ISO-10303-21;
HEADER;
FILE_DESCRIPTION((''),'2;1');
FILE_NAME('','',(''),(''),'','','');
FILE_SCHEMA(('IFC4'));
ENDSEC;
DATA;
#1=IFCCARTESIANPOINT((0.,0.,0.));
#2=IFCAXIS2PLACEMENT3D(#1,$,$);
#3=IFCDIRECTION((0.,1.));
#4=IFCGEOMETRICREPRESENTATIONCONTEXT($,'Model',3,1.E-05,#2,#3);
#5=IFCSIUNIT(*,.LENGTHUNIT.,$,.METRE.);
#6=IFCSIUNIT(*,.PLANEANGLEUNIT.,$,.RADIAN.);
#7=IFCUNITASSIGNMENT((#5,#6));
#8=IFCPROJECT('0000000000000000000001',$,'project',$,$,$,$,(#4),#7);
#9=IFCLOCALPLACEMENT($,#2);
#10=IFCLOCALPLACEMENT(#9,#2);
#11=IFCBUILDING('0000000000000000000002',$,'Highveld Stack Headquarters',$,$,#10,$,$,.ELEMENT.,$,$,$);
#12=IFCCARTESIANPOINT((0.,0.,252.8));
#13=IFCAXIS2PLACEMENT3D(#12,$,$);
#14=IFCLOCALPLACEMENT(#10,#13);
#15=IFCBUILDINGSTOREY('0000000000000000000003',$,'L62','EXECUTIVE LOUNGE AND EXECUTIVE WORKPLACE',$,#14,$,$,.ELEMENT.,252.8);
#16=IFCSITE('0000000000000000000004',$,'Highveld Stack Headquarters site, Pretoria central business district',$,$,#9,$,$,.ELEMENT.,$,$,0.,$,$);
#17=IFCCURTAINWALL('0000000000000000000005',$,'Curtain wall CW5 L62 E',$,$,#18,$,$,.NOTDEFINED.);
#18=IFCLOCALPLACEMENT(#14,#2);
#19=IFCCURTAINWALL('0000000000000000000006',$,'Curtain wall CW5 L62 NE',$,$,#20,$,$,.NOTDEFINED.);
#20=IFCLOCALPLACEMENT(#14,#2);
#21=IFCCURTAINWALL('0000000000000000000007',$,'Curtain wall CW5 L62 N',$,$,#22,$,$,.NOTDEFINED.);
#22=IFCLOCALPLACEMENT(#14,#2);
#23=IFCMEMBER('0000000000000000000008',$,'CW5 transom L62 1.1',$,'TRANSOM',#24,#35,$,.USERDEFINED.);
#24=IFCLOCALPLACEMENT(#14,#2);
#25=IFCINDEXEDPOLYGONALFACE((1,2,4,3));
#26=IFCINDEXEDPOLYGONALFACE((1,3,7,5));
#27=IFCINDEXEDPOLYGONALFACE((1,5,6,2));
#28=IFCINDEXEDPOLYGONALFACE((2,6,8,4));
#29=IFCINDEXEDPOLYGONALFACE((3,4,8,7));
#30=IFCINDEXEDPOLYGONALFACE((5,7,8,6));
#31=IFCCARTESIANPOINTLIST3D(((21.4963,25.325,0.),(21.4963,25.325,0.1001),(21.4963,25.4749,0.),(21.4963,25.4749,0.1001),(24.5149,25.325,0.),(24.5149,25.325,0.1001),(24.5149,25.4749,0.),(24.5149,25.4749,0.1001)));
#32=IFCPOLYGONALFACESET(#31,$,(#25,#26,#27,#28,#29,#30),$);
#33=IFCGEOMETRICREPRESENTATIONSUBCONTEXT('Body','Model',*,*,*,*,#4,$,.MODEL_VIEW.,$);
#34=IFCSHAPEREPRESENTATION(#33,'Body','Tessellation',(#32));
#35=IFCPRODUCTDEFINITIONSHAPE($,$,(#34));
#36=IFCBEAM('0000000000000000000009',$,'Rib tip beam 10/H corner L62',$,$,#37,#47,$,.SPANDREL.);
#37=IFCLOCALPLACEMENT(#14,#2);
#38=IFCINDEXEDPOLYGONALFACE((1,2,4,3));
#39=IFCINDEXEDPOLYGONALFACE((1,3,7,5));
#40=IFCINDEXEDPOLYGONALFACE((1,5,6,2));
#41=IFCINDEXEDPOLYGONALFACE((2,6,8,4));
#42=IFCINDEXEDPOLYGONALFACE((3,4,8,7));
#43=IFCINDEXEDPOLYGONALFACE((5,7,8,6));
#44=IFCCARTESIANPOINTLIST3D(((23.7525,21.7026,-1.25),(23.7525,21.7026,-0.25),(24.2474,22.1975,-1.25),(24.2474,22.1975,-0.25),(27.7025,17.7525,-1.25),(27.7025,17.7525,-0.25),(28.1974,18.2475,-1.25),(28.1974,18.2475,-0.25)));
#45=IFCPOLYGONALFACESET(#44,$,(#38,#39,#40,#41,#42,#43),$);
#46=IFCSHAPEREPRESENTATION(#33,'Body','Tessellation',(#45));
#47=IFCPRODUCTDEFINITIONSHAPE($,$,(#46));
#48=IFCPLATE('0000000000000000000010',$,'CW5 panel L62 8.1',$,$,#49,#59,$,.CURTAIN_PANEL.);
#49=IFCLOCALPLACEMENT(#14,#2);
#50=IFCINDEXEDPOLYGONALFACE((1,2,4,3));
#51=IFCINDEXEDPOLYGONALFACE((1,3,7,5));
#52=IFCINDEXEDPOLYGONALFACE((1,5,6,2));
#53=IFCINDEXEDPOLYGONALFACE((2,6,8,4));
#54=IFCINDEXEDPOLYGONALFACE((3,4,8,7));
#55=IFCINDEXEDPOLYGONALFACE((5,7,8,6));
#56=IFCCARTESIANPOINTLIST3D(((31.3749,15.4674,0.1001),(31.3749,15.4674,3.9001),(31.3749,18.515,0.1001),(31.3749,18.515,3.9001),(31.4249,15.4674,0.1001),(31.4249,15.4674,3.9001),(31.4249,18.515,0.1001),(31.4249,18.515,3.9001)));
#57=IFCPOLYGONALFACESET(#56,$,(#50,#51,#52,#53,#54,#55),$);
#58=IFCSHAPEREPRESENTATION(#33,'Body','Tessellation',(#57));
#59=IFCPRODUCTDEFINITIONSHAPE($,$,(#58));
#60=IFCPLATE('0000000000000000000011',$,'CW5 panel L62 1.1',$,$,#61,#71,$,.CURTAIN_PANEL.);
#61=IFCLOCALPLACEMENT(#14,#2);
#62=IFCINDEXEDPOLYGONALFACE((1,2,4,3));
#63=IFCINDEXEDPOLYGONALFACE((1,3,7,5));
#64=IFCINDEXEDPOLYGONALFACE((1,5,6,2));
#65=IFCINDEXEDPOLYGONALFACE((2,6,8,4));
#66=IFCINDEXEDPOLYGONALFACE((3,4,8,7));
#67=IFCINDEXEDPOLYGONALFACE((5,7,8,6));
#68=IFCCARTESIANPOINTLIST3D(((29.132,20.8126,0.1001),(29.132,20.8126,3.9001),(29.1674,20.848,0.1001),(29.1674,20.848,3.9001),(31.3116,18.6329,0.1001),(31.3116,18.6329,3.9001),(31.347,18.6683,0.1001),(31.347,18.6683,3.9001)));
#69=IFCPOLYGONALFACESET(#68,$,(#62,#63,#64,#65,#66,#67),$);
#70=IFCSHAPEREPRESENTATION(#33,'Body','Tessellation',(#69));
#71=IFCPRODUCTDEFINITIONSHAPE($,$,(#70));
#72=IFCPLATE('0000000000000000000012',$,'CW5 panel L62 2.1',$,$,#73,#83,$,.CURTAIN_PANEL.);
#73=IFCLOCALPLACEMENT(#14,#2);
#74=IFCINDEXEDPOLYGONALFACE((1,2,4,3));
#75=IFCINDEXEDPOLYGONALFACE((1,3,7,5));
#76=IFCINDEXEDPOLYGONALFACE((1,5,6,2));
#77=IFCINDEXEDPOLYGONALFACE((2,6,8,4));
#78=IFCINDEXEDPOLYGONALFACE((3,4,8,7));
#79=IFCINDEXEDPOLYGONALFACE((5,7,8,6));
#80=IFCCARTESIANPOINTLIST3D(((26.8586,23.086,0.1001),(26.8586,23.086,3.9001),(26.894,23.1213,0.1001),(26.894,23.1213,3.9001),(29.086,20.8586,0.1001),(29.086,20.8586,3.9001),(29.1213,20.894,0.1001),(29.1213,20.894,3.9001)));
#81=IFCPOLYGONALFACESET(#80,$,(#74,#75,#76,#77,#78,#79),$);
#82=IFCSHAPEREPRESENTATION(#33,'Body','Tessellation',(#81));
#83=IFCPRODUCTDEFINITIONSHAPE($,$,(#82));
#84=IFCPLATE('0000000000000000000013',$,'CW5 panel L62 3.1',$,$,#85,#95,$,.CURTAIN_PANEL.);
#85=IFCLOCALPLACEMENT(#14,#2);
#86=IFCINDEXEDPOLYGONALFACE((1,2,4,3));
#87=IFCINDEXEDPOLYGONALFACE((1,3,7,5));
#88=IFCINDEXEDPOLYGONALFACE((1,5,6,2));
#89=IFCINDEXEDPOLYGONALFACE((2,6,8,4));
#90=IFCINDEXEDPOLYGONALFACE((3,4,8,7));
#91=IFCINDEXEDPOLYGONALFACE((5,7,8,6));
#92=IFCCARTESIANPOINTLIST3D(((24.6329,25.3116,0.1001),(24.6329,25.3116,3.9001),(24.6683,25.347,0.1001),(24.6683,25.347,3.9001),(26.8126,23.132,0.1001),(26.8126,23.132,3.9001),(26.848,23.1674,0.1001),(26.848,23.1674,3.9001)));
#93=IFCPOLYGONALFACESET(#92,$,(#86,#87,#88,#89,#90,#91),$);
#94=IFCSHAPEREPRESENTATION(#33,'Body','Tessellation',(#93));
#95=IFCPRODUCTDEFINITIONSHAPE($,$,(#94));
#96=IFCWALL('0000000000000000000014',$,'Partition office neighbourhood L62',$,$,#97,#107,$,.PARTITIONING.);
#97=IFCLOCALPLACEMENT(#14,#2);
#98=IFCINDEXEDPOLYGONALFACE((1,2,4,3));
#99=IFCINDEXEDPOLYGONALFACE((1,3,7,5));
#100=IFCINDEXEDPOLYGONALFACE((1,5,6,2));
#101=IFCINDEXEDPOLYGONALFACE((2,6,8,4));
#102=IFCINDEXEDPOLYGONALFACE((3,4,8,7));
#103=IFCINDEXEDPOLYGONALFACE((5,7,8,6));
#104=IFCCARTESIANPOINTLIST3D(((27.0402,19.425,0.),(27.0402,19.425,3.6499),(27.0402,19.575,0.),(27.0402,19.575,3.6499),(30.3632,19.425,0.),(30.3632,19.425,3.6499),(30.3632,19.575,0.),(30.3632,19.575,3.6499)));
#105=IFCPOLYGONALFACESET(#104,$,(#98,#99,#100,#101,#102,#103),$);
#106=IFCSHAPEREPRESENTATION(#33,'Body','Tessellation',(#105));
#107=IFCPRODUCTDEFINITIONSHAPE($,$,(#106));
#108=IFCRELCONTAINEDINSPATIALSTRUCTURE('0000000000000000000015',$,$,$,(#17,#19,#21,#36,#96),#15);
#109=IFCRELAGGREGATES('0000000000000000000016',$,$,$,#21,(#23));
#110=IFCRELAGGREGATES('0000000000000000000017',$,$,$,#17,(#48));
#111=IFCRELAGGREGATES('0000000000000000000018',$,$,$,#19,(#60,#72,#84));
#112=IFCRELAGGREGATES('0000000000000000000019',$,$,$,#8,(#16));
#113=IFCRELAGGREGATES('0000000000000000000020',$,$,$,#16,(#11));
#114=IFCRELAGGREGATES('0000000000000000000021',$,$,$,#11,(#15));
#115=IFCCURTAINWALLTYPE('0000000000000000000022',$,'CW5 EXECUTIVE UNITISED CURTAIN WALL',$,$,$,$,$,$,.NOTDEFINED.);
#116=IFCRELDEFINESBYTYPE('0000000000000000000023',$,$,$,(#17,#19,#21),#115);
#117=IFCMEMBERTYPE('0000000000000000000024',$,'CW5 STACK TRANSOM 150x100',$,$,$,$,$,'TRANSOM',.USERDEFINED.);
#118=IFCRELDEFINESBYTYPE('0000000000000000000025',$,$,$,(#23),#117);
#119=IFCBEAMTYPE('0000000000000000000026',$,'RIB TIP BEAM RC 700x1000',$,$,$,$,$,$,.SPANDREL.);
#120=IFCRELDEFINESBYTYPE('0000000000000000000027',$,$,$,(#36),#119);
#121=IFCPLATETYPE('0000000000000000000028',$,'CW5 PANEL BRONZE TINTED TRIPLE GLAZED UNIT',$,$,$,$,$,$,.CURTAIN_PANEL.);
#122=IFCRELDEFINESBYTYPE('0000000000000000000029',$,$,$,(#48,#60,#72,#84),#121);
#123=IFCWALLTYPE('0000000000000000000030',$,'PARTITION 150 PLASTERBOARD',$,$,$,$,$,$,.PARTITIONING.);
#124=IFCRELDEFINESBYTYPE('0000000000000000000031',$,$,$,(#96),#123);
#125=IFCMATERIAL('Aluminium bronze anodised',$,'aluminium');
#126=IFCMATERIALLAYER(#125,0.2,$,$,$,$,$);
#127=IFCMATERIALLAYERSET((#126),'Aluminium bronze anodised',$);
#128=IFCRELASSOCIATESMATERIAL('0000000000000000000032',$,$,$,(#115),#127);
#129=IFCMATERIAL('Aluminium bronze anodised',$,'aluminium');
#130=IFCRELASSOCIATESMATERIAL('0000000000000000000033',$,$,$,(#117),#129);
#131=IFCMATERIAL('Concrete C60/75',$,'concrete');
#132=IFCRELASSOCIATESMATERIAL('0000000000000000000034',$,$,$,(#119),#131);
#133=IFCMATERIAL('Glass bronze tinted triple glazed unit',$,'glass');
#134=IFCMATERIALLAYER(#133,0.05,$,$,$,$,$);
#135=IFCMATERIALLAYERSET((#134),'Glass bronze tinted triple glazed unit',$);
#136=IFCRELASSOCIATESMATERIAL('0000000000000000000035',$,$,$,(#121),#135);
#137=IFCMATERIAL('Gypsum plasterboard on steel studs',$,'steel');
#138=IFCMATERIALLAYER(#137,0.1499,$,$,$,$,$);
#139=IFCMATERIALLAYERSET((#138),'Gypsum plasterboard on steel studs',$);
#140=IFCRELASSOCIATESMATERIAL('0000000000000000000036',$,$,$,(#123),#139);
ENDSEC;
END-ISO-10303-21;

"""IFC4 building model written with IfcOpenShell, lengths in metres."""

from ifc_helpers import new_model, si_unit, direction, frame, frame_2d, origin, origin_2d, place, context, subcontext, project, spatial, rectangle, extrude, material, layer, layer_set, material_profile, profile_set, type_object, element, aggregate, save


model = new_model("IFC4")

# Units and contexts
model_context = context("Model", 3, precision=1e-05, world=origin(), true_north=direction((0.0, 1.0)))
body_context = subcontext(model_context, "Body", "Model", "MODEL_VIEW")
ifc_project = project(units=[si_unit("LENGTHUNIT", "METRE"), si_unit("PLANEANGLEUNIT", "RADIAN")], contexts=[model_context])

# Site, building, storey
site_placement = place(None, origin())
site = spatial("IfcSite", under=ifc_project, at=site_placement, Name="Highveld Stack Headquarters site, Pretoria central business district", CompositionType="ELEMENT", RefElevation=0.0)
building_placement = place(site_placement, origin())
building = spatial("IfcBuilding", under=site, at=building_placement, Name="Highveld Stack Headquarters", CompositionType="ELEMENT")
storey_placement = place(building_placement, frame((0.0, 0.0, 252.8)))
storey = spatial("IfcBuildingStorey", under=building, at=storey_placement, Name="L62", Description="EXECUTIVE LOUNGE AND EXECUTIVE WORKPLACE", CompositionType="ELEMENT", Elevation=252.8)

# Curtain walls
ifc_material_1 = material(Name="Aluminium bronze anodised", Category="aluminium")
ifc_layer_1 = layer(ifc_material_1, 0.2)
ifc_layer_set_1 = layer_set([ifc_layer_1], Name="Aluminium bronze anodised")
curtain_wall_type = type_object("IfcCurtainWallType", Name="CW5 EXECUTIVE UNITISED CURTAIN WALL", PredefinedType="NOTDEFINED", material=ifc_layer_set_1)
curtain_wall_1_placement = place(storey_placement, origin())
curtain_wall_1 = element("IfcCurtainWall", 1, at=curtain_wall_1_placement, inside=storey, type_object=curtain_wall_type, Name="Curtain wall CW5 L62 E", PredefinedType="NOTDEFINED")
curtain_wall_2_placement = place(storey_placement, origin())
curtain_wall_2 = element("IfcCurtainWall", 2, at=curtain_wall_2_placement, inside=storey, type_object=curtain_wall_type, Name="Curtain wall CW5 L62 NE", PredefinedType="NOTDEFINED")

# Curtain wall
curtain_wall_3_placement = place(storey_placement, origin())
curtain_wall_3 = element("IfcCurtainWall", 3, at=curtain_wall_3_placement, inside=storey, type_object=curtain_wall_type, Name="Curtain wall CW5 L62 N", PredefinedType="NOTDEFINED")

# Member
ifc_material_2 = material(Name="Aluminium bronze anodised", Category="aluminium")
ifc_material_profile_1 = material_profile(ifc_material_2, rectangle(XDim=0.1499, YDim=0.1001, at=origin_2d()), Name="CW5 TRANSOM 150x100")
ifc_profile_set_1 = profile_set([ifc_material_profile_1], Name="Aluminium bronze anodised")
member_type_1 = type_object("IfcMemberType", Name="CW5 STACK TRANSOM 150x100", ElementType="TRANSOM", PredefinedType="USERDEFINED", material=ifc_profile_set_1)
member_1_placement = place(storey_placement, frame((24.5149, 25.3999, 0.05), z_axis=(-1.0, 0.0, 0.0), x_axis=(0.0, -1.0, 0.0)))
member_1 = element("IfcMember", 4, at=member_1_placement, type_object=member_type_1, Name="CW5 transom L62 1.1", ObjectType="TRANSOM", PredefinedType="USERDEFINED", context=body_context, shape_type="SweptSolid", body=[
    extrude(rectangle(XDim=0.1499, YDim=0.1001, at=origin_2d()), origin(), (0.0, 0.0, 1.0), 3.0186),
])
aggregate(curtain_wall_3, [member_1])

# Beam
ifc_material_3 = material(Name="Concrete C60/75", Category="concrete")
ifc_material_profile_2 = material_profile(ifc_material_3, rectangle(XDim=0.7, YDim=1.0, at=origin_2d()), Name="RC 700x1000")
ifc_profile_set_2 = profile_set([ifc_material_profile_2], Name="Concrete C60/75")
beam_type_1 = type_object("IfcBeamType", Name="RIB TIP BEAM RC 700x1000", PredefinedType="SPANDREL", material=ifc_profile_set_2)
beam_1_placement = place(storey_placement, frame((27.95, 18.0, -0.75), z_axis=(-0.707107, 0.707107, 0.0), x_axis=(-0.707107, -0.707107, 0.0)))
element("IfcBeam", 5, at=beam_1_placement, inside=storey, type_object=beam_type_1, Name="Rib tip beam 10/H corner L62", PredefinedType="SPANDREL", context=body_context, shape_type="SweptSolid", body=[
    extrude(rectangle(XDim=0.7, YDim=1.0, at=origin_2d()), origin(), (0.0, 0.0, 1.0), 5.5862),
])

# Plates
ifc_material_4 = material(Name="Glass bronze tinted triple glazed unit", Category="glass")
ifc_layer_2 = layer(ifc_material_4, 0.05)
ifc_layer_set_2 = layer_set([ifc_layer_2], Name="Glass bronze tinted triple glazed unit")
plate_type = type_object("IfcPlateType", Name="CW5 PANEL BRONZE TINTED TRIPLE GLAZED UNIT", PredefinedType="CURTAIN_PANEL", material=ifc_layer_set_2)
plate_1_placement = place(storey_placement, frame((31.3999, 16.9912, 0.1001), z_axis=(0.0, 0.0, 1.0), x_axis=(0.0, 1.0, 0.0)))
plate_1 = element("IfcPlate", 6, at=plate_1_placement, type_object=plate_type, Name="CW5 panel L62 8.1", PredefinedType="CURTAIN_PANEL", context=body_context, shape_type="SweptSolid", body=[
    extrude(rectangle(XDim=3.0476, YDim=0.05, at=origin_2d()), origin(), (0.0, 0.0, 1.0), 3.8),
])
aggregate(curtain_wall_1, [plate_1])
plate_2_placement = place(storey_placement, frame((30.2395, 19.7405, 0.1001), z_axis=(0.0, 0.0, 1.0), x_axis=(-0.707107, 0.707107, 0.0)))
plate_2 = element("IfcPlate", 7, at=plate_2_placement, type_object=plate_type, Name="CW5 panel L62 1.1", PredefinedType="CURTAIN_PANEL", context=body_context, shape_type="SweptSolid", body=[
    extrude(rectangle(XDim=3.0825, YDim=0.05, at=origin_2d()), origin(), (0.0, 0.0, 1.0), 3.8),
])
plate_3_placement = place(storey_placement, frame((27.99, 21.99, 0.1001), z_axis=(0.0, 0.0, 1.0), x_axis=(-0.707107, 0.707107, 0.0)))
plate_3 = element("IfcPlate", 8, at=plate_3_placement, type_object=plate_type, Name="CW5 panel L62 2.1", PredefinedType="CURTAIN_PANEL", context=body_context, shape_type="SweptSolid", body=[
    extrude(rectangle(XDim=3.1499, YDim=0.05, at=origin_2d()), origin(), (0.0, 0.0, 1.0), 3.8),
])
plate_4_placement = place(storey_placement, frame((25.7405, 24.2395, 0.1001), z_axis=(0.0, 0.0, 1.0), x_axis=(-0.707107, 0.707107, 0.0)))
plate_4 = element("IfcPlate", 9, at=plate_4_placement, type_object=plate_type, Name="CW5 panel L62 3.1", PredefinedType="CURTAIN_PANEL", context=body_context, shape_type="SweptSolid", body=[
    extrude(rectangle(XDim=3.0825, YDim=0.05, at=origin_2d()), origin(), (0.0, 0.0, 1.0), 3.8),
])
aggregate(curtain_wall_2, [plate_2, plate_3, plate_4])

# Wall
ifc_material_5 = material(Name="Gypsum plasterboard on steel studs", Category="steel")
ifc_layer_3 = layer(ifc_material_5, 0.1499)
ifc_layer_set_3 = layer_set([ifc_layer_3], Name="Gypsum plasterboard on steel studs")
wall_type = type_object("IfcWallType", Name="PARTITION 150 PLASTERBOARD", PredefinedType="PARTITIONING", material=ifc_layer_set_3)
wall_placement = place(storey_placement, frame((27.04, 19.5, 0.0), z_axis=(0.0, 0.0, 1.0), x_axis=(1.0, 0.0, 0.0)))
element("IfcWall", 10, at=wall_placement, inside=storey, type_object=wall_type, Name="Partition office neighbourhood L62", PredefinedType="PARTITIONING", context=body_context, shape_type="SweptSolid", body=[
    extrude(rectangle(XDim=3.323, YDim=0.1499, at=frame_2d((1.6616, 0.0))), origin(), (0.0, 0.0, 1.0), 3.6499),
])

save(model, "model.ifc")
